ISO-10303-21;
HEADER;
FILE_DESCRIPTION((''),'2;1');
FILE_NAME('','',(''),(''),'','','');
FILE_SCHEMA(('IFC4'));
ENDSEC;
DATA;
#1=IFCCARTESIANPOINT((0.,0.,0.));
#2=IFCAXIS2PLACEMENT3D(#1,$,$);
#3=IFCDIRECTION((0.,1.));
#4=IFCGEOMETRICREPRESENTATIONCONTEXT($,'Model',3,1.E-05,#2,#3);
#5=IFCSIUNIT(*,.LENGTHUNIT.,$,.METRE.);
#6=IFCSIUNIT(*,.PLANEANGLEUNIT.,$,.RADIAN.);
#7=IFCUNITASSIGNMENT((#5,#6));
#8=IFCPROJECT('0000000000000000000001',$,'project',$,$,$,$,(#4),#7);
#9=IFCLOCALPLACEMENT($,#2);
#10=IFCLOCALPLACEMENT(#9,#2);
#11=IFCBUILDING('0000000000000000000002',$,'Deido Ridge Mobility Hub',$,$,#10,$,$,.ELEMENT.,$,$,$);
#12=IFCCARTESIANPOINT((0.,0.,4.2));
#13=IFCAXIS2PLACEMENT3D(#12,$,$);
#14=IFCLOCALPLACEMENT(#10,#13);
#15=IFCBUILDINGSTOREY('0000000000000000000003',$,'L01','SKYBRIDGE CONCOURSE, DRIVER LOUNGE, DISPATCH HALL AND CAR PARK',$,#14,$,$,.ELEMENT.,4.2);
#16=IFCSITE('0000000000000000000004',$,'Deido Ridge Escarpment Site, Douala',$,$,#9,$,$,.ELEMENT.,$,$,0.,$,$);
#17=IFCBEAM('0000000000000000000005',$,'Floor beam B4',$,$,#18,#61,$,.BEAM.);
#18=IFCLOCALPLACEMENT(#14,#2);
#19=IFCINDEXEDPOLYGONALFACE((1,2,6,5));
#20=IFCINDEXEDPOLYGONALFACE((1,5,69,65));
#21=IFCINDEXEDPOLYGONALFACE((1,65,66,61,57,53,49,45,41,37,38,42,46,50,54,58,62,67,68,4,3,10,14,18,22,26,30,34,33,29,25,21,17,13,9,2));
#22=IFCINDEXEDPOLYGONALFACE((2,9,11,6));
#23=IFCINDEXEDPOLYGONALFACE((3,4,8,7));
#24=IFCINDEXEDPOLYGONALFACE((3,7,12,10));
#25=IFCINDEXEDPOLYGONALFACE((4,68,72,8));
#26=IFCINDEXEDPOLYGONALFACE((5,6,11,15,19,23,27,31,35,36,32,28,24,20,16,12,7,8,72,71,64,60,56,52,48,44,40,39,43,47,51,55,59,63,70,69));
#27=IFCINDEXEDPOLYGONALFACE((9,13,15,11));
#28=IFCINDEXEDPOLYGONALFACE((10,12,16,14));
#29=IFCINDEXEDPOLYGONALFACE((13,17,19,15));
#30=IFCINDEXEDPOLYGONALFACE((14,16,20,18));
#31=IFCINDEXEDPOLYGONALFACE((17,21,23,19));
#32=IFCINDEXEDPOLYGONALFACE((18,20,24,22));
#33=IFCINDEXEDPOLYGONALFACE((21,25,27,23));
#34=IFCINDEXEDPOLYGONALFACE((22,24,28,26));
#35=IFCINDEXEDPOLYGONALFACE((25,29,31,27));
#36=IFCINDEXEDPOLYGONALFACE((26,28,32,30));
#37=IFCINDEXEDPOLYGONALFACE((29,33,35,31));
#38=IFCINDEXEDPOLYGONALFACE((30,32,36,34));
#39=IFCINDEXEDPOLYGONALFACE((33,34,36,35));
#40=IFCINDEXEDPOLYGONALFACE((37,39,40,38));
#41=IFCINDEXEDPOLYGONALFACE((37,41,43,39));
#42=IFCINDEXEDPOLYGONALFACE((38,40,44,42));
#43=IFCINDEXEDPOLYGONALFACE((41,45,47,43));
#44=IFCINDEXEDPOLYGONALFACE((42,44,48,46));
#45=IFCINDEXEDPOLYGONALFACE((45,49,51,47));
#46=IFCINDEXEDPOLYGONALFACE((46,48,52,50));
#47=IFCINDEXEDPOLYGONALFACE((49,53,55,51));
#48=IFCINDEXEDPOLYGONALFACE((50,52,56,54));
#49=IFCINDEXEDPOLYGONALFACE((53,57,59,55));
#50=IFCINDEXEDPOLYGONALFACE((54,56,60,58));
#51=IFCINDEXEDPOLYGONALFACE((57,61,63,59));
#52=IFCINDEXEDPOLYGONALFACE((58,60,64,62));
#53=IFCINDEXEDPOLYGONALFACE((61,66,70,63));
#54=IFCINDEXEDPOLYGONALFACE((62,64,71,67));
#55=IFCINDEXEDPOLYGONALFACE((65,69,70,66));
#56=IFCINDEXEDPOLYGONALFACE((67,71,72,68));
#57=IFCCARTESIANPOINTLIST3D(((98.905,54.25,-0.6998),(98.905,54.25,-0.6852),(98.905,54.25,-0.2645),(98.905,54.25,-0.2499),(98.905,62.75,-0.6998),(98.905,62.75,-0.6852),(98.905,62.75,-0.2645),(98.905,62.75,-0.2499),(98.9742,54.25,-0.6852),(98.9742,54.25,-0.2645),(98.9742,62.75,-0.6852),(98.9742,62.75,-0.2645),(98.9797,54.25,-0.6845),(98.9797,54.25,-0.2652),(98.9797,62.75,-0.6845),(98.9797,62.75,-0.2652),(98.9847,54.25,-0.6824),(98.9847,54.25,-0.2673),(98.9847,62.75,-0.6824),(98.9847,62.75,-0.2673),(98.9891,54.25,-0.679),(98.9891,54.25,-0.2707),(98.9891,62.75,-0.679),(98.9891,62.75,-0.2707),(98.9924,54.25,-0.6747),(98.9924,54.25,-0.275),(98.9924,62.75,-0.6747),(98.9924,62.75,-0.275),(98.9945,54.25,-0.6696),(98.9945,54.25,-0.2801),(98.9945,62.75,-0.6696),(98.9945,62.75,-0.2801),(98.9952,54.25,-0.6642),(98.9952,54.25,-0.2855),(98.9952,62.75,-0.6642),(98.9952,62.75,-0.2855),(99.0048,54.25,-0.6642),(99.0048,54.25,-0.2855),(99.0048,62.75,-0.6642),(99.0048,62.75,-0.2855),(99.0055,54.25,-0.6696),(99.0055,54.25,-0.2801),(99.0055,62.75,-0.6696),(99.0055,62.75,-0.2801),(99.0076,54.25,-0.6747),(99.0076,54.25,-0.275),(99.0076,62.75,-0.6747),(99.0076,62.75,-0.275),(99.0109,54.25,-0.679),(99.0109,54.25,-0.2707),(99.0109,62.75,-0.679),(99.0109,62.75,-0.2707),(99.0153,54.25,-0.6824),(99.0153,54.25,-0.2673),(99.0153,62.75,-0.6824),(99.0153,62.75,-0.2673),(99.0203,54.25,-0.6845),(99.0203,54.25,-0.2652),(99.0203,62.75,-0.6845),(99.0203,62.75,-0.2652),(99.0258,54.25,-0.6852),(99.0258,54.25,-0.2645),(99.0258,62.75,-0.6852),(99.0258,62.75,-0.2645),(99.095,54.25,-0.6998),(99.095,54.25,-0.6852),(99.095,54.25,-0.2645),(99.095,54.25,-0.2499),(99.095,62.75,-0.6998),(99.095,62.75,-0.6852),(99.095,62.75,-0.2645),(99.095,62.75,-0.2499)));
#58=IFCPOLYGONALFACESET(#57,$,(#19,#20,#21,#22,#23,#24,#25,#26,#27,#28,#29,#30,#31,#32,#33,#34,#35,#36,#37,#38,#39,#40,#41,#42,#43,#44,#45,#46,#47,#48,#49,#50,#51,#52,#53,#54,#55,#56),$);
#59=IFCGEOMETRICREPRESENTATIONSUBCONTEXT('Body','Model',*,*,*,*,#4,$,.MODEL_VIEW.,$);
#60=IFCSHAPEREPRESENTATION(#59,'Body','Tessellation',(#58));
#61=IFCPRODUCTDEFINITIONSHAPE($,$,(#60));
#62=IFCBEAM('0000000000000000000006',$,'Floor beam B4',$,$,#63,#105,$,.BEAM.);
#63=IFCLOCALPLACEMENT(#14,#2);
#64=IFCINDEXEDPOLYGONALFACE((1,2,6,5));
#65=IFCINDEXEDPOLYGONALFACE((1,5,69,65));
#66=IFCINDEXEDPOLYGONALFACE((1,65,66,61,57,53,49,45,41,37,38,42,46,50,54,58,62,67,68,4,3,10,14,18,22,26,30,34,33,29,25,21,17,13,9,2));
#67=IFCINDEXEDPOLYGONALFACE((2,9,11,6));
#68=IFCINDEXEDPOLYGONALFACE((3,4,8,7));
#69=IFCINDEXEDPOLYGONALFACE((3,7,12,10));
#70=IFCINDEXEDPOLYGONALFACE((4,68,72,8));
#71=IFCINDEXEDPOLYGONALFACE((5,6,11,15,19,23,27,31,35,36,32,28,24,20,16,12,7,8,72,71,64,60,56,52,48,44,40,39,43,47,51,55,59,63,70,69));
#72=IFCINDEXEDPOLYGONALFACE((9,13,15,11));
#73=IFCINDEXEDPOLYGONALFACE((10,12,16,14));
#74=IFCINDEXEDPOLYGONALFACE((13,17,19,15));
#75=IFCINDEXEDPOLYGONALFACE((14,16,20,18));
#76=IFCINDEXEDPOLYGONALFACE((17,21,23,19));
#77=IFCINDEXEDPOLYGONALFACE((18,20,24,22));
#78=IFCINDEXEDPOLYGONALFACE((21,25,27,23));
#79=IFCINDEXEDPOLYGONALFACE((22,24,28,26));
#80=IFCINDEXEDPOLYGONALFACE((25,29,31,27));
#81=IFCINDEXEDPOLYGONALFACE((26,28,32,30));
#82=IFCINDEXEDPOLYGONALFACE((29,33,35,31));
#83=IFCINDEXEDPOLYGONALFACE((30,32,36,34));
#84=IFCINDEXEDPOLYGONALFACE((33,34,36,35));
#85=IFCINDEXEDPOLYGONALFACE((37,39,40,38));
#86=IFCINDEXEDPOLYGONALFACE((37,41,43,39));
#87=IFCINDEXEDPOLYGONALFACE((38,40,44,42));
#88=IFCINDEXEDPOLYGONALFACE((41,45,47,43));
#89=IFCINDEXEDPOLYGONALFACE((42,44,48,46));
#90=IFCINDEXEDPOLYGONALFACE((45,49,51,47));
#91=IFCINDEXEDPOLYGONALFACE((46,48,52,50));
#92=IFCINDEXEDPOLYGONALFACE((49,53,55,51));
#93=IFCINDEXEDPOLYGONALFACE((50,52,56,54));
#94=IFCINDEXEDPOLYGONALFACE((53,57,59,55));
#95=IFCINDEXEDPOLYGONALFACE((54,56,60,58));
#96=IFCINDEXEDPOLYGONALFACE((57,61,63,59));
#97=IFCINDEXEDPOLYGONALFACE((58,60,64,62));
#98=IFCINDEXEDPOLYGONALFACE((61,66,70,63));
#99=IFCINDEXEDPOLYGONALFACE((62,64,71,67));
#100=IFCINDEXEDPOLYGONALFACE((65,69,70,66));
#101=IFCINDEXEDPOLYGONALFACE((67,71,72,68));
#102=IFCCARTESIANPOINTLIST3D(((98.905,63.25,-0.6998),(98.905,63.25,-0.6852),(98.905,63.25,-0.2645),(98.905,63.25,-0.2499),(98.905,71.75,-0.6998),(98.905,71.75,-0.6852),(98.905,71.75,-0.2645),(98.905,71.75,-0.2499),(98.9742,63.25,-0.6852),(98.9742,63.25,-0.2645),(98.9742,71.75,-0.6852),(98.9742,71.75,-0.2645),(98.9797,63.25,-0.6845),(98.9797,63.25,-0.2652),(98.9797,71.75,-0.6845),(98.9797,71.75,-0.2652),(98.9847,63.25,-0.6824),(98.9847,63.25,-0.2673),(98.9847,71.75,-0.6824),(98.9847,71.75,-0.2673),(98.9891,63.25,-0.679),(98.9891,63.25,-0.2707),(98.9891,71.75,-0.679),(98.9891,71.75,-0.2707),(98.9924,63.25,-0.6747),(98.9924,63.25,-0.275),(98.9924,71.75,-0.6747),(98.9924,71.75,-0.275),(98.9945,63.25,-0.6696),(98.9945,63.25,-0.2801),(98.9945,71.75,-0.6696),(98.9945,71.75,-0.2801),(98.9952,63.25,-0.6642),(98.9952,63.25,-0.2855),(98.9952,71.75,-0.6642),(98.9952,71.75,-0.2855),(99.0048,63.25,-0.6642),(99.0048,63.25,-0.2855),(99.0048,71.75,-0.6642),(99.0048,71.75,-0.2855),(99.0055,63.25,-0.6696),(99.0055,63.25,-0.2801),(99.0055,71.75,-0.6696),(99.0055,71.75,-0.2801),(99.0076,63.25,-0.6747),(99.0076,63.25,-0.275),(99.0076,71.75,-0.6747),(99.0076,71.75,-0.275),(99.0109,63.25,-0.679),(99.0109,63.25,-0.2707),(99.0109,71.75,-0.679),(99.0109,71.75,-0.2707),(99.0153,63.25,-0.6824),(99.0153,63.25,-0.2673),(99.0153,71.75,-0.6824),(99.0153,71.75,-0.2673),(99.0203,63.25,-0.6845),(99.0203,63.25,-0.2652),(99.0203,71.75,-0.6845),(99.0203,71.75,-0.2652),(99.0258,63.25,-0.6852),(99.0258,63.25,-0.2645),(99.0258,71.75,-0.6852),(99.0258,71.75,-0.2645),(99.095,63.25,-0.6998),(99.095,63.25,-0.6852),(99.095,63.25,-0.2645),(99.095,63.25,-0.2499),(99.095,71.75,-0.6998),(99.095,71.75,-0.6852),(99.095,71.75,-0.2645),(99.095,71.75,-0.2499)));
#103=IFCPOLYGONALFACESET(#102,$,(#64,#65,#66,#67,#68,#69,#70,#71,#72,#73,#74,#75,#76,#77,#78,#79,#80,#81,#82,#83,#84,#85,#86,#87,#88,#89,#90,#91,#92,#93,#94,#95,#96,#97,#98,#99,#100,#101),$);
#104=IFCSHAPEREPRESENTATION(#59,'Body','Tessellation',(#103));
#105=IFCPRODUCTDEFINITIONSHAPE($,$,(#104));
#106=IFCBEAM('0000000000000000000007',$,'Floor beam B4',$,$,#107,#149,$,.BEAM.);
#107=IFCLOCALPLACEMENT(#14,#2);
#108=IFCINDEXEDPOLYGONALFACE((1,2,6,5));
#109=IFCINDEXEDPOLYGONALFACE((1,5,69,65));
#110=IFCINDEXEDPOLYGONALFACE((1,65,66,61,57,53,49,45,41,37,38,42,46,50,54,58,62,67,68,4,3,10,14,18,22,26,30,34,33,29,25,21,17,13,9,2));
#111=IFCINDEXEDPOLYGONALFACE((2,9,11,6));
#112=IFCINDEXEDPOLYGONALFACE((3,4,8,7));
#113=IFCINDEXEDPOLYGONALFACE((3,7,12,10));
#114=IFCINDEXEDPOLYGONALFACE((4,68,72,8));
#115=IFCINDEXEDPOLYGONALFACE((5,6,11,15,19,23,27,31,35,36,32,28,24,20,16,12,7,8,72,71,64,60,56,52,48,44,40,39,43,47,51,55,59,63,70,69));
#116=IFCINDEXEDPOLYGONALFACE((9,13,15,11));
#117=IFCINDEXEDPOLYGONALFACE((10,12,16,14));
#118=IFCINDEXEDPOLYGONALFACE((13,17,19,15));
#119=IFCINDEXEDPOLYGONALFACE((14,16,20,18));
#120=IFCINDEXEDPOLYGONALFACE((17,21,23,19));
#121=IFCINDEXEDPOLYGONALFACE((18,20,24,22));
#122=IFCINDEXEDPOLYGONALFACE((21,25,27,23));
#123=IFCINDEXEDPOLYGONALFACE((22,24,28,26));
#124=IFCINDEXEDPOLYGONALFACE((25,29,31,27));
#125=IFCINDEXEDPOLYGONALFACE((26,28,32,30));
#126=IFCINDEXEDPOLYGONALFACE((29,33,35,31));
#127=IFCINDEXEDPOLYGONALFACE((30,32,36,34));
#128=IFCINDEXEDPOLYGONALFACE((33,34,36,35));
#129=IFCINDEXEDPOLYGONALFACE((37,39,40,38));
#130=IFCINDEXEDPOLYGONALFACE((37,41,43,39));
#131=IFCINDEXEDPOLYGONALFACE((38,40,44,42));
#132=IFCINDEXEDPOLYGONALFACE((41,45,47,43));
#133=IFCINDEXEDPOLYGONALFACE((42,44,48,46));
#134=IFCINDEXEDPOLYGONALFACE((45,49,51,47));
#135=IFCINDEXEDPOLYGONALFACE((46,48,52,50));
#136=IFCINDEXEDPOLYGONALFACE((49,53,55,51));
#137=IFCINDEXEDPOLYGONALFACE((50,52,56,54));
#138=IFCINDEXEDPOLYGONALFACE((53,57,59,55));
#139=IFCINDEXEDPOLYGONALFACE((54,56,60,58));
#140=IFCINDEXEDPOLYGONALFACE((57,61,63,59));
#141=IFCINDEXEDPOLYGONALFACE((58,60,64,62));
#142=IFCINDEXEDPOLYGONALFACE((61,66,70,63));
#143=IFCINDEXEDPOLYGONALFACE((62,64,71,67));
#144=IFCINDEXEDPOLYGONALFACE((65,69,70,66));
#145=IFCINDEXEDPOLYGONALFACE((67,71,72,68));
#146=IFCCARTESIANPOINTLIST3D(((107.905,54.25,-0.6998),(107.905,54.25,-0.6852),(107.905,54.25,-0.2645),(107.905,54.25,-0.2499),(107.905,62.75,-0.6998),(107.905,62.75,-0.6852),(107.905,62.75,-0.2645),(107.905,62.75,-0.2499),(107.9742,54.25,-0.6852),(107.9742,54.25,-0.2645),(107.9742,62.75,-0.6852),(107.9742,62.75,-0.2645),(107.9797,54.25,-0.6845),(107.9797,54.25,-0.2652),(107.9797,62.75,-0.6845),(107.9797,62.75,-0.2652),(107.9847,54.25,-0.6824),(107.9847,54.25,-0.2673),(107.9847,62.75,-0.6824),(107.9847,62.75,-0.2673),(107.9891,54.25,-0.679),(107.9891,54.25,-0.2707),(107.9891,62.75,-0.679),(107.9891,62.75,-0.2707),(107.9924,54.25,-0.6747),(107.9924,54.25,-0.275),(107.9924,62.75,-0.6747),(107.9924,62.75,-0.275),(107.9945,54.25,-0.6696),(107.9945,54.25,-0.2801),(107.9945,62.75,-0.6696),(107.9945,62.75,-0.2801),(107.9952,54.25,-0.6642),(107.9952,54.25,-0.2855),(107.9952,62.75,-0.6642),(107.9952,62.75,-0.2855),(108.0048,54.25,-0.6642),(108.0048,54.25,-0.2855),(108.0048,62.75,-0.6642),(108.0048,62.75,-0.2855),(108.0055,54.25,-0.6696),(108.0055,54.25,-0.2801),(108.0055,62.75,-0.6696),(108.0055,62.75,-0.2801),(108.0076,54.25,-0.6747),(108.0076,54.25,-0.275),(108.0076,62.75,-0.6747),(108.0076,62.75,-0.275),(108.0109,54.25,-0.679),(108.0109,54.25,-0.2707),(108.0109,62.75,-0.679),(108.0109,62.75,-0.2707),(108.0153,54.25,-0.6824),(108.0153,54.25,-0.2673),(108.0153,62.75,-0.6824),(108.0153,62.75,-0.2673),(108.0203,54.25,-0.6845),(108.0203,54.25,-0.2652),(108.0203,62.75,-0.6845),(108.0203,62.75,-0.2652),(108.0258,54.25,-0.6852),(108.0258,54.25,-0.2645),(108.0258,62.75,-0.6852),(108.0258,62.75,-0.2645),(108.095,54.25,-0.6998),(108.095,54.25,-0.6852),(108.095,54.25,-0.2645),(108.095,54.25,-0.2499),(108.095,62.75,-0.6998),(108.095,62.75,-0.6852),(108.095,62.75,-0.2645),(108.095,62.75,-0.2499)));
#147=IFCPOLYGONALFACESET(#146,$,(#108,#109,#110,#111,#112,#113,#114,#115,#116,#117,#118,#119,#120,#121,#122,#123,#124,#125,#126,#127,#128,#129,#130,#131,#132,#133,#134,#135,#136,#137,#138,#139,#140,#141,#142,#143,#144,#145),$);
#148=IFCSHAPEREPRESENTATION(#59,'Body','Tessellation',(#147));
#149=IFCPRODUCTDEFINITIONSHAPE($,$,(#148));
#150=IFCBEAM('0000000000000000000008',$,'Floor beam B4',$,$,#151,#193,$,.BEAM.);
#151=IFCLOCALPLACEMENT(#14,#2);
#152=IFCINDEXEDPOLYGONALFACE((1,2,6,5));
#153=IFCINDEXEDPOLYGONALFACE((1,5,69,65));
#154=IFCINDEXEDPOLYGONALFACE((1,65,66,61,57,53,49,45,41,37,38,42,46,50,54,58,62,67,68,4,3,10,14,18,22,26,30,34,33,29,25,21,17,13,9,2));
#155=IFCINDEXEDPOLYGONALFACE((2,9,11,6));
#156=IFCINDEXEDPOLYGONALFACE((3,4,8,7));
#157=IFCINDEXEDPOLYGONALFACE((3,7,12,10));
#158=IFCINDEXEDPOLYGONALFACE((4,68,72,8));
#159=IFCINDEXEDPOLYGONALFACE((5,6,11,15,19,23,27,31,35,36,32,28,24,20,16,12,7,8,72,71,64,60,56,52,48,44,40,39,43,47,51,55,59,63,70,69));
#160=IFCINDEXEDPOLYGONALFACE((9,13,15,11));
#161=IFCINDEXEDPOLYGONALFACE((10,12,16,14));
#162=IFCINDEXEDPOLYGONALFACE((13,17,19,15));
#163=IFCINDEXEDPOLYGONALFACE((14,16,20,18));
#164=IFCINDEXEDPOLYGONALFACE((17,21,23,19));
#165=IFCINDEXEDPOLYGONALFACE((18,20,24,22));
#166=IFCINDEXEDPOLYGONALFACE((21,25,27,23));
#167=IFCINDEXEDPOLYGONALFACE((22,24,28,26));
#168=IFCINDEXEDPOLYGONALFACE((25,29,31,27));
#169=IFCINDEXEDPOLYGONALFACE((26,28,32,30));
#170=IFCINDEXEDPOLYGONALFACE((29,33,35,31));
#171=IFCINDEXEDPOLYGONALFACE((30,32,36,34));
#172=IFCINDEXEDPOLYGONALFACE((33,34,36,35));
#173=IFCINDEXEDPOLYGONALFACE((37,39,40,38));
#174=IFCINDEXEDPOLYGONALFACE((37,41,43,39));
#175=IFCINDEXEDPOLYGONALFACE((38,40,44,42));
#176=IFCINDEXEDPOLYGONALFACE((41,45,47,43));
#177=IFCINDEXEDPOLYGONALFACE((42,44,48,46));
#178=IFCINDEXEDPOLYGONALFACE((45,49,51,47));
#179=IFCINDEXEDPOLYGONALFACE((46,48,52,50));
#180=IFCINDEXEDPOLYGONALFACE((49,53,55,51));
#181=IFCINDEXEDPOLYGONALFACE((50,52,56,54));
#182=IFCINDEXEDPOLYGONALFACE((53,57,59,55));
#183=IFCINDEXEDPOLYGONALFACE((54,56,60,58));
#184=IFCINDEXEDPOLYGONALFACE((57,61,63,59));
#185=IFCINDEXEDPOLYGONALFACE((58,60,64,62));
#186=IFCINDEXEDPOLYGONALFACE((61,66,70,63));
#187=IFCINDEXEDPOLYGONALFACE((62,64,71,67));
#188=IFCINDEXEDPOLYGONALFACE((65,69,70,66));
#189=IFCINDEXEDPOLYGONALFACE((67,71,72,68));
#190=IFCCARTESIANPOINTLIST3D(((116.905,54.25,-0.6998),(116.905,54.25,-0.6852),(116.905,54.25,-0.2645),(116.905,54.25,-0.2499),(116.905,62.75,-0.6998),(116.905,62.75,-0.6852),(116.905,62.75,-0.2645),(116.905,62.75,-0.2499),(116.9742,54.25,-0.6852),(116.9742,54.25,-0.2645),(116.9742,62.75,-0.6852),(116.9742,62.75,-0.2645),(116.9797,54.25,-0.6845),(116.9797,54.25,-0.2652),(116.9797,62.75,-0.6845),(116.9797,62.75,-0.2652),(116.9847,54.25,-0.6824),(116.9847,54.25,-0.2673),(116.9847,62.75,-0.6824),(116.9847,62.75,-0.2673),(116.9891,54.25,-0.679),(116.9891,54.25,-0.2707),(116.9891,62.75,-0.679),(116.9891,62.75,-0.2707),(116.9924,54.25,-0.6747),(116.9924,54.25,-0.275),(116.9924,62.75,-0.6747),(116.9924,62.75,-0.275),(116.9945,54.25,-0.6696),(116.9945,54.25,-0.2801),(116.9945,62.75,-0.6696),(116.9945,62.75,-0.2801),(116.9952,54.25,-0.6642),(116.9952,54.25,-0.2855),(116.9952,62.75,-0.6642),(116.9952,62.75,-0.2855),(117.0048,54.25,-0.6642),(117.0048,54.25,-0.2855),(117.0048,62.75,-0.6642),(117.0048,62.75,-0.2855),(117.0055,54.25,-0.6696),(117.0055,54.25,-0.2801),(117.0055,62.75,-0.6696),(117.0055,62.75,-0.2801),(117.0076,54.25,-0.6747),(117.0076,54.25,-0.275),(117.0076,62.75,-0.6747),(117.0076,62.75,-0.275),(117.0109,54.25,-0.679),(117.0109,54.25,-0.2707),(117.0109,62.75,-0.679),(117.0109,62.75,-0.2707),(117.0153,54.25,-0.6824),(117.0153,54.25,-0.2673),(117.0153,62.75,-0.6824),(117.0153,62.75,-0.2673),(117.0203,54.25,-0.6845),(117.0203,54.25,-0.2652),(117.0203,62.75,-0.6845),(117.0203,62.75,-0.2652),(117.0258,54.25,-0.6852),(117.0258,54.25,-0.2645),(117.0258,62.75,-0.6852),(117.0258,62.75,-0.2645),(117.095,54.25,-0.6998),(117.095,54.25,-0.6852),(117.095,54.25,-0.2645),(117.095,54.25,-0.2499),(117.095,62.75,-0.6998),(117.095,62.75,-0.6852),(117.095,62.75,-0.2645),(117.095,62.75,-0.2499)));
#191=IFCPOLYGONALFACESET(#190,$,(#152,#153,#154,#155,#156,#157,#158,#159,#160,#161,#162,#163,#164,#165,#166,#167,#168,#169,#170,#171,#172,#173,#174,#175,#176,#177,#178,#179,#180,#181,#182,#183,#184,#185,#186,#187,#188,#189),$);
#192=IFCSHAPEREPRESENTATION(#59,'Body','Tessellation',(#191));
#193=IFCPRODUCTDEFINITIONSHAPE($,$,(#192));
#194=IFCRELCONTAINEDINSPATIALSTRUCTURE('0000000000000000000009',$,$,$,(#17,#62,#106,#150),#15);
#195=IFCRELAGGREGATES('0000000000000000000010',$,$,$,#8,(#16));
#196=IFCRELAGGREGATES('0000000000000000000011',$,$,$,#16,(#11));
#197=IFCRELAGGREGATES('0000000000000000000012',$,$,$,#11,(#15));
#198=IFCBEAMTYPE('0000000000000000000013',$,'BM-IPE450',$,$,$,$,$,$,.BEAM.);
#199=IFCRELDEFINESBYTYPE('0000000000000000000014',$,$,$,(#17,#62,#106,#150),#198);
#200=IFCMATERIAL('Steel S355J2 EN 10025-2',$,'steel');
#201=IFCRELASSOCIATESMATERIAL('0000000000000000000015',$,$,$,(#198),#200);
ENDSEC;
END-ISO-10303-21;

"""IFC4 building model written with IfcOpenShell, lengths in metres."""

from ifc_helpers import new_model, si_unit, direction, frame, origin, origin_2d, place, context, subcontext, project, spatial, i_section, extrude, material, material_profile, profile_set, type_object, element, save


model = new_model("IFC4")

# Units and contexts
model_context = context("Model", 3, precision=1e-05, world=origin(), true_north=direction((0.0, 1.0)))
body_context = subcontext(model_context, "Body", "Model", "MODEL_VIEW")
ifc_project = project(units=[si_unit("LENGTHUNIT", "METRE"), si_unit("PLANEANGLEUNIT", "RADIAN")], contexts=[model_context])

# Site, building, storey
site_placement = place(None, origin())
site = spatial("IfcSite", under=ifc_project, at=site_placement, Name="Deido Ridge Escarpment Site, Douala", CompositionType="ELEMENT", RefElevation=0.0)
building_placement = place(site_placement, origin())
building = spatial("IfcBuilding", under=site, at=building_placement, Name="Deido Ridge Mobility Hub", CompositionType="ELEMENT")
storey_placement = place(building_placement, frame((0.0, 0.0, 4.2)))
storey = spatial("IfcBuildingStorey", under=building, at=storey_placement, Name="L01", Description="SKYBRIDGE CONCOURSE, DRIVER LOUNGE, DISPATCH HALL AND CAR PARK", CompositionType="ELEMENT", Elevation=4.2)

# Shared definitions
ifc_material_1 = material(Name="Steel S355J2 EN 10025-2", Category="steel")

# Beams
ifc_material_profile_1 = material_profile(ifc_material_1, i_section(OverallWidth=0.1899, OverallDepth=0.45, WebThickness=0.0095, FlangeThickness=0.0146, FilletRadius=0.021, at=origin_2d()), Name="IPE 450")
ifc_profile_set_1 = profile_set([ifc_material_profile_1], Name="Steel S355J2 EN 10025-2")
beam_type_1 = type_object("IfcBeamType", Name="BM-IPE450", PredefinedType="BEAM", material=ifc_profile_set_1)
for number, where, z_axis, x_axis, name in (
    (1, (99.0, 54.25, -0.4749), (0.0, 1.0, 0.0), (-1.0, 0.0, 0.0), "Floor beam B4"),
    (2, (99.0, 63.25, -0.4749), (0.0, 1.0, 0.0), (-1.0, 0.0, 0.0), "Floor beam B4"),
    (3, (108.0, 54.25, -0.4749), (0.0, 1.0, 0.0), (-1.0, 0.0, 0.0), "Floor beam B4"),
    (4, (117.0, 54.25, -0.4749), (0.0, 1.0, 0.0), (-1.0, 0.0, 0.0), "Floor beam B4"),
):
    element("IfcBeam", number, at=place(storey_placement, frame(where, z_axis=z_axis, x_axis=x_axis)), inside=storey, type_object=beam_type_1, Name=name, PredefinedType="BEAM", context=body_context, shape_type="SweptSolid", body=[
        extrude(i_section(OverallWidth=0.1899, OverallDepth=0.45, WebThickness=0.0095, FlangeThickness=0.0146, FilletRadius=0.021, at=origin_2d()), origin(), (0.0, 0.0, 1.0), 8.5),
    ])

save(model, "model.ifc")
